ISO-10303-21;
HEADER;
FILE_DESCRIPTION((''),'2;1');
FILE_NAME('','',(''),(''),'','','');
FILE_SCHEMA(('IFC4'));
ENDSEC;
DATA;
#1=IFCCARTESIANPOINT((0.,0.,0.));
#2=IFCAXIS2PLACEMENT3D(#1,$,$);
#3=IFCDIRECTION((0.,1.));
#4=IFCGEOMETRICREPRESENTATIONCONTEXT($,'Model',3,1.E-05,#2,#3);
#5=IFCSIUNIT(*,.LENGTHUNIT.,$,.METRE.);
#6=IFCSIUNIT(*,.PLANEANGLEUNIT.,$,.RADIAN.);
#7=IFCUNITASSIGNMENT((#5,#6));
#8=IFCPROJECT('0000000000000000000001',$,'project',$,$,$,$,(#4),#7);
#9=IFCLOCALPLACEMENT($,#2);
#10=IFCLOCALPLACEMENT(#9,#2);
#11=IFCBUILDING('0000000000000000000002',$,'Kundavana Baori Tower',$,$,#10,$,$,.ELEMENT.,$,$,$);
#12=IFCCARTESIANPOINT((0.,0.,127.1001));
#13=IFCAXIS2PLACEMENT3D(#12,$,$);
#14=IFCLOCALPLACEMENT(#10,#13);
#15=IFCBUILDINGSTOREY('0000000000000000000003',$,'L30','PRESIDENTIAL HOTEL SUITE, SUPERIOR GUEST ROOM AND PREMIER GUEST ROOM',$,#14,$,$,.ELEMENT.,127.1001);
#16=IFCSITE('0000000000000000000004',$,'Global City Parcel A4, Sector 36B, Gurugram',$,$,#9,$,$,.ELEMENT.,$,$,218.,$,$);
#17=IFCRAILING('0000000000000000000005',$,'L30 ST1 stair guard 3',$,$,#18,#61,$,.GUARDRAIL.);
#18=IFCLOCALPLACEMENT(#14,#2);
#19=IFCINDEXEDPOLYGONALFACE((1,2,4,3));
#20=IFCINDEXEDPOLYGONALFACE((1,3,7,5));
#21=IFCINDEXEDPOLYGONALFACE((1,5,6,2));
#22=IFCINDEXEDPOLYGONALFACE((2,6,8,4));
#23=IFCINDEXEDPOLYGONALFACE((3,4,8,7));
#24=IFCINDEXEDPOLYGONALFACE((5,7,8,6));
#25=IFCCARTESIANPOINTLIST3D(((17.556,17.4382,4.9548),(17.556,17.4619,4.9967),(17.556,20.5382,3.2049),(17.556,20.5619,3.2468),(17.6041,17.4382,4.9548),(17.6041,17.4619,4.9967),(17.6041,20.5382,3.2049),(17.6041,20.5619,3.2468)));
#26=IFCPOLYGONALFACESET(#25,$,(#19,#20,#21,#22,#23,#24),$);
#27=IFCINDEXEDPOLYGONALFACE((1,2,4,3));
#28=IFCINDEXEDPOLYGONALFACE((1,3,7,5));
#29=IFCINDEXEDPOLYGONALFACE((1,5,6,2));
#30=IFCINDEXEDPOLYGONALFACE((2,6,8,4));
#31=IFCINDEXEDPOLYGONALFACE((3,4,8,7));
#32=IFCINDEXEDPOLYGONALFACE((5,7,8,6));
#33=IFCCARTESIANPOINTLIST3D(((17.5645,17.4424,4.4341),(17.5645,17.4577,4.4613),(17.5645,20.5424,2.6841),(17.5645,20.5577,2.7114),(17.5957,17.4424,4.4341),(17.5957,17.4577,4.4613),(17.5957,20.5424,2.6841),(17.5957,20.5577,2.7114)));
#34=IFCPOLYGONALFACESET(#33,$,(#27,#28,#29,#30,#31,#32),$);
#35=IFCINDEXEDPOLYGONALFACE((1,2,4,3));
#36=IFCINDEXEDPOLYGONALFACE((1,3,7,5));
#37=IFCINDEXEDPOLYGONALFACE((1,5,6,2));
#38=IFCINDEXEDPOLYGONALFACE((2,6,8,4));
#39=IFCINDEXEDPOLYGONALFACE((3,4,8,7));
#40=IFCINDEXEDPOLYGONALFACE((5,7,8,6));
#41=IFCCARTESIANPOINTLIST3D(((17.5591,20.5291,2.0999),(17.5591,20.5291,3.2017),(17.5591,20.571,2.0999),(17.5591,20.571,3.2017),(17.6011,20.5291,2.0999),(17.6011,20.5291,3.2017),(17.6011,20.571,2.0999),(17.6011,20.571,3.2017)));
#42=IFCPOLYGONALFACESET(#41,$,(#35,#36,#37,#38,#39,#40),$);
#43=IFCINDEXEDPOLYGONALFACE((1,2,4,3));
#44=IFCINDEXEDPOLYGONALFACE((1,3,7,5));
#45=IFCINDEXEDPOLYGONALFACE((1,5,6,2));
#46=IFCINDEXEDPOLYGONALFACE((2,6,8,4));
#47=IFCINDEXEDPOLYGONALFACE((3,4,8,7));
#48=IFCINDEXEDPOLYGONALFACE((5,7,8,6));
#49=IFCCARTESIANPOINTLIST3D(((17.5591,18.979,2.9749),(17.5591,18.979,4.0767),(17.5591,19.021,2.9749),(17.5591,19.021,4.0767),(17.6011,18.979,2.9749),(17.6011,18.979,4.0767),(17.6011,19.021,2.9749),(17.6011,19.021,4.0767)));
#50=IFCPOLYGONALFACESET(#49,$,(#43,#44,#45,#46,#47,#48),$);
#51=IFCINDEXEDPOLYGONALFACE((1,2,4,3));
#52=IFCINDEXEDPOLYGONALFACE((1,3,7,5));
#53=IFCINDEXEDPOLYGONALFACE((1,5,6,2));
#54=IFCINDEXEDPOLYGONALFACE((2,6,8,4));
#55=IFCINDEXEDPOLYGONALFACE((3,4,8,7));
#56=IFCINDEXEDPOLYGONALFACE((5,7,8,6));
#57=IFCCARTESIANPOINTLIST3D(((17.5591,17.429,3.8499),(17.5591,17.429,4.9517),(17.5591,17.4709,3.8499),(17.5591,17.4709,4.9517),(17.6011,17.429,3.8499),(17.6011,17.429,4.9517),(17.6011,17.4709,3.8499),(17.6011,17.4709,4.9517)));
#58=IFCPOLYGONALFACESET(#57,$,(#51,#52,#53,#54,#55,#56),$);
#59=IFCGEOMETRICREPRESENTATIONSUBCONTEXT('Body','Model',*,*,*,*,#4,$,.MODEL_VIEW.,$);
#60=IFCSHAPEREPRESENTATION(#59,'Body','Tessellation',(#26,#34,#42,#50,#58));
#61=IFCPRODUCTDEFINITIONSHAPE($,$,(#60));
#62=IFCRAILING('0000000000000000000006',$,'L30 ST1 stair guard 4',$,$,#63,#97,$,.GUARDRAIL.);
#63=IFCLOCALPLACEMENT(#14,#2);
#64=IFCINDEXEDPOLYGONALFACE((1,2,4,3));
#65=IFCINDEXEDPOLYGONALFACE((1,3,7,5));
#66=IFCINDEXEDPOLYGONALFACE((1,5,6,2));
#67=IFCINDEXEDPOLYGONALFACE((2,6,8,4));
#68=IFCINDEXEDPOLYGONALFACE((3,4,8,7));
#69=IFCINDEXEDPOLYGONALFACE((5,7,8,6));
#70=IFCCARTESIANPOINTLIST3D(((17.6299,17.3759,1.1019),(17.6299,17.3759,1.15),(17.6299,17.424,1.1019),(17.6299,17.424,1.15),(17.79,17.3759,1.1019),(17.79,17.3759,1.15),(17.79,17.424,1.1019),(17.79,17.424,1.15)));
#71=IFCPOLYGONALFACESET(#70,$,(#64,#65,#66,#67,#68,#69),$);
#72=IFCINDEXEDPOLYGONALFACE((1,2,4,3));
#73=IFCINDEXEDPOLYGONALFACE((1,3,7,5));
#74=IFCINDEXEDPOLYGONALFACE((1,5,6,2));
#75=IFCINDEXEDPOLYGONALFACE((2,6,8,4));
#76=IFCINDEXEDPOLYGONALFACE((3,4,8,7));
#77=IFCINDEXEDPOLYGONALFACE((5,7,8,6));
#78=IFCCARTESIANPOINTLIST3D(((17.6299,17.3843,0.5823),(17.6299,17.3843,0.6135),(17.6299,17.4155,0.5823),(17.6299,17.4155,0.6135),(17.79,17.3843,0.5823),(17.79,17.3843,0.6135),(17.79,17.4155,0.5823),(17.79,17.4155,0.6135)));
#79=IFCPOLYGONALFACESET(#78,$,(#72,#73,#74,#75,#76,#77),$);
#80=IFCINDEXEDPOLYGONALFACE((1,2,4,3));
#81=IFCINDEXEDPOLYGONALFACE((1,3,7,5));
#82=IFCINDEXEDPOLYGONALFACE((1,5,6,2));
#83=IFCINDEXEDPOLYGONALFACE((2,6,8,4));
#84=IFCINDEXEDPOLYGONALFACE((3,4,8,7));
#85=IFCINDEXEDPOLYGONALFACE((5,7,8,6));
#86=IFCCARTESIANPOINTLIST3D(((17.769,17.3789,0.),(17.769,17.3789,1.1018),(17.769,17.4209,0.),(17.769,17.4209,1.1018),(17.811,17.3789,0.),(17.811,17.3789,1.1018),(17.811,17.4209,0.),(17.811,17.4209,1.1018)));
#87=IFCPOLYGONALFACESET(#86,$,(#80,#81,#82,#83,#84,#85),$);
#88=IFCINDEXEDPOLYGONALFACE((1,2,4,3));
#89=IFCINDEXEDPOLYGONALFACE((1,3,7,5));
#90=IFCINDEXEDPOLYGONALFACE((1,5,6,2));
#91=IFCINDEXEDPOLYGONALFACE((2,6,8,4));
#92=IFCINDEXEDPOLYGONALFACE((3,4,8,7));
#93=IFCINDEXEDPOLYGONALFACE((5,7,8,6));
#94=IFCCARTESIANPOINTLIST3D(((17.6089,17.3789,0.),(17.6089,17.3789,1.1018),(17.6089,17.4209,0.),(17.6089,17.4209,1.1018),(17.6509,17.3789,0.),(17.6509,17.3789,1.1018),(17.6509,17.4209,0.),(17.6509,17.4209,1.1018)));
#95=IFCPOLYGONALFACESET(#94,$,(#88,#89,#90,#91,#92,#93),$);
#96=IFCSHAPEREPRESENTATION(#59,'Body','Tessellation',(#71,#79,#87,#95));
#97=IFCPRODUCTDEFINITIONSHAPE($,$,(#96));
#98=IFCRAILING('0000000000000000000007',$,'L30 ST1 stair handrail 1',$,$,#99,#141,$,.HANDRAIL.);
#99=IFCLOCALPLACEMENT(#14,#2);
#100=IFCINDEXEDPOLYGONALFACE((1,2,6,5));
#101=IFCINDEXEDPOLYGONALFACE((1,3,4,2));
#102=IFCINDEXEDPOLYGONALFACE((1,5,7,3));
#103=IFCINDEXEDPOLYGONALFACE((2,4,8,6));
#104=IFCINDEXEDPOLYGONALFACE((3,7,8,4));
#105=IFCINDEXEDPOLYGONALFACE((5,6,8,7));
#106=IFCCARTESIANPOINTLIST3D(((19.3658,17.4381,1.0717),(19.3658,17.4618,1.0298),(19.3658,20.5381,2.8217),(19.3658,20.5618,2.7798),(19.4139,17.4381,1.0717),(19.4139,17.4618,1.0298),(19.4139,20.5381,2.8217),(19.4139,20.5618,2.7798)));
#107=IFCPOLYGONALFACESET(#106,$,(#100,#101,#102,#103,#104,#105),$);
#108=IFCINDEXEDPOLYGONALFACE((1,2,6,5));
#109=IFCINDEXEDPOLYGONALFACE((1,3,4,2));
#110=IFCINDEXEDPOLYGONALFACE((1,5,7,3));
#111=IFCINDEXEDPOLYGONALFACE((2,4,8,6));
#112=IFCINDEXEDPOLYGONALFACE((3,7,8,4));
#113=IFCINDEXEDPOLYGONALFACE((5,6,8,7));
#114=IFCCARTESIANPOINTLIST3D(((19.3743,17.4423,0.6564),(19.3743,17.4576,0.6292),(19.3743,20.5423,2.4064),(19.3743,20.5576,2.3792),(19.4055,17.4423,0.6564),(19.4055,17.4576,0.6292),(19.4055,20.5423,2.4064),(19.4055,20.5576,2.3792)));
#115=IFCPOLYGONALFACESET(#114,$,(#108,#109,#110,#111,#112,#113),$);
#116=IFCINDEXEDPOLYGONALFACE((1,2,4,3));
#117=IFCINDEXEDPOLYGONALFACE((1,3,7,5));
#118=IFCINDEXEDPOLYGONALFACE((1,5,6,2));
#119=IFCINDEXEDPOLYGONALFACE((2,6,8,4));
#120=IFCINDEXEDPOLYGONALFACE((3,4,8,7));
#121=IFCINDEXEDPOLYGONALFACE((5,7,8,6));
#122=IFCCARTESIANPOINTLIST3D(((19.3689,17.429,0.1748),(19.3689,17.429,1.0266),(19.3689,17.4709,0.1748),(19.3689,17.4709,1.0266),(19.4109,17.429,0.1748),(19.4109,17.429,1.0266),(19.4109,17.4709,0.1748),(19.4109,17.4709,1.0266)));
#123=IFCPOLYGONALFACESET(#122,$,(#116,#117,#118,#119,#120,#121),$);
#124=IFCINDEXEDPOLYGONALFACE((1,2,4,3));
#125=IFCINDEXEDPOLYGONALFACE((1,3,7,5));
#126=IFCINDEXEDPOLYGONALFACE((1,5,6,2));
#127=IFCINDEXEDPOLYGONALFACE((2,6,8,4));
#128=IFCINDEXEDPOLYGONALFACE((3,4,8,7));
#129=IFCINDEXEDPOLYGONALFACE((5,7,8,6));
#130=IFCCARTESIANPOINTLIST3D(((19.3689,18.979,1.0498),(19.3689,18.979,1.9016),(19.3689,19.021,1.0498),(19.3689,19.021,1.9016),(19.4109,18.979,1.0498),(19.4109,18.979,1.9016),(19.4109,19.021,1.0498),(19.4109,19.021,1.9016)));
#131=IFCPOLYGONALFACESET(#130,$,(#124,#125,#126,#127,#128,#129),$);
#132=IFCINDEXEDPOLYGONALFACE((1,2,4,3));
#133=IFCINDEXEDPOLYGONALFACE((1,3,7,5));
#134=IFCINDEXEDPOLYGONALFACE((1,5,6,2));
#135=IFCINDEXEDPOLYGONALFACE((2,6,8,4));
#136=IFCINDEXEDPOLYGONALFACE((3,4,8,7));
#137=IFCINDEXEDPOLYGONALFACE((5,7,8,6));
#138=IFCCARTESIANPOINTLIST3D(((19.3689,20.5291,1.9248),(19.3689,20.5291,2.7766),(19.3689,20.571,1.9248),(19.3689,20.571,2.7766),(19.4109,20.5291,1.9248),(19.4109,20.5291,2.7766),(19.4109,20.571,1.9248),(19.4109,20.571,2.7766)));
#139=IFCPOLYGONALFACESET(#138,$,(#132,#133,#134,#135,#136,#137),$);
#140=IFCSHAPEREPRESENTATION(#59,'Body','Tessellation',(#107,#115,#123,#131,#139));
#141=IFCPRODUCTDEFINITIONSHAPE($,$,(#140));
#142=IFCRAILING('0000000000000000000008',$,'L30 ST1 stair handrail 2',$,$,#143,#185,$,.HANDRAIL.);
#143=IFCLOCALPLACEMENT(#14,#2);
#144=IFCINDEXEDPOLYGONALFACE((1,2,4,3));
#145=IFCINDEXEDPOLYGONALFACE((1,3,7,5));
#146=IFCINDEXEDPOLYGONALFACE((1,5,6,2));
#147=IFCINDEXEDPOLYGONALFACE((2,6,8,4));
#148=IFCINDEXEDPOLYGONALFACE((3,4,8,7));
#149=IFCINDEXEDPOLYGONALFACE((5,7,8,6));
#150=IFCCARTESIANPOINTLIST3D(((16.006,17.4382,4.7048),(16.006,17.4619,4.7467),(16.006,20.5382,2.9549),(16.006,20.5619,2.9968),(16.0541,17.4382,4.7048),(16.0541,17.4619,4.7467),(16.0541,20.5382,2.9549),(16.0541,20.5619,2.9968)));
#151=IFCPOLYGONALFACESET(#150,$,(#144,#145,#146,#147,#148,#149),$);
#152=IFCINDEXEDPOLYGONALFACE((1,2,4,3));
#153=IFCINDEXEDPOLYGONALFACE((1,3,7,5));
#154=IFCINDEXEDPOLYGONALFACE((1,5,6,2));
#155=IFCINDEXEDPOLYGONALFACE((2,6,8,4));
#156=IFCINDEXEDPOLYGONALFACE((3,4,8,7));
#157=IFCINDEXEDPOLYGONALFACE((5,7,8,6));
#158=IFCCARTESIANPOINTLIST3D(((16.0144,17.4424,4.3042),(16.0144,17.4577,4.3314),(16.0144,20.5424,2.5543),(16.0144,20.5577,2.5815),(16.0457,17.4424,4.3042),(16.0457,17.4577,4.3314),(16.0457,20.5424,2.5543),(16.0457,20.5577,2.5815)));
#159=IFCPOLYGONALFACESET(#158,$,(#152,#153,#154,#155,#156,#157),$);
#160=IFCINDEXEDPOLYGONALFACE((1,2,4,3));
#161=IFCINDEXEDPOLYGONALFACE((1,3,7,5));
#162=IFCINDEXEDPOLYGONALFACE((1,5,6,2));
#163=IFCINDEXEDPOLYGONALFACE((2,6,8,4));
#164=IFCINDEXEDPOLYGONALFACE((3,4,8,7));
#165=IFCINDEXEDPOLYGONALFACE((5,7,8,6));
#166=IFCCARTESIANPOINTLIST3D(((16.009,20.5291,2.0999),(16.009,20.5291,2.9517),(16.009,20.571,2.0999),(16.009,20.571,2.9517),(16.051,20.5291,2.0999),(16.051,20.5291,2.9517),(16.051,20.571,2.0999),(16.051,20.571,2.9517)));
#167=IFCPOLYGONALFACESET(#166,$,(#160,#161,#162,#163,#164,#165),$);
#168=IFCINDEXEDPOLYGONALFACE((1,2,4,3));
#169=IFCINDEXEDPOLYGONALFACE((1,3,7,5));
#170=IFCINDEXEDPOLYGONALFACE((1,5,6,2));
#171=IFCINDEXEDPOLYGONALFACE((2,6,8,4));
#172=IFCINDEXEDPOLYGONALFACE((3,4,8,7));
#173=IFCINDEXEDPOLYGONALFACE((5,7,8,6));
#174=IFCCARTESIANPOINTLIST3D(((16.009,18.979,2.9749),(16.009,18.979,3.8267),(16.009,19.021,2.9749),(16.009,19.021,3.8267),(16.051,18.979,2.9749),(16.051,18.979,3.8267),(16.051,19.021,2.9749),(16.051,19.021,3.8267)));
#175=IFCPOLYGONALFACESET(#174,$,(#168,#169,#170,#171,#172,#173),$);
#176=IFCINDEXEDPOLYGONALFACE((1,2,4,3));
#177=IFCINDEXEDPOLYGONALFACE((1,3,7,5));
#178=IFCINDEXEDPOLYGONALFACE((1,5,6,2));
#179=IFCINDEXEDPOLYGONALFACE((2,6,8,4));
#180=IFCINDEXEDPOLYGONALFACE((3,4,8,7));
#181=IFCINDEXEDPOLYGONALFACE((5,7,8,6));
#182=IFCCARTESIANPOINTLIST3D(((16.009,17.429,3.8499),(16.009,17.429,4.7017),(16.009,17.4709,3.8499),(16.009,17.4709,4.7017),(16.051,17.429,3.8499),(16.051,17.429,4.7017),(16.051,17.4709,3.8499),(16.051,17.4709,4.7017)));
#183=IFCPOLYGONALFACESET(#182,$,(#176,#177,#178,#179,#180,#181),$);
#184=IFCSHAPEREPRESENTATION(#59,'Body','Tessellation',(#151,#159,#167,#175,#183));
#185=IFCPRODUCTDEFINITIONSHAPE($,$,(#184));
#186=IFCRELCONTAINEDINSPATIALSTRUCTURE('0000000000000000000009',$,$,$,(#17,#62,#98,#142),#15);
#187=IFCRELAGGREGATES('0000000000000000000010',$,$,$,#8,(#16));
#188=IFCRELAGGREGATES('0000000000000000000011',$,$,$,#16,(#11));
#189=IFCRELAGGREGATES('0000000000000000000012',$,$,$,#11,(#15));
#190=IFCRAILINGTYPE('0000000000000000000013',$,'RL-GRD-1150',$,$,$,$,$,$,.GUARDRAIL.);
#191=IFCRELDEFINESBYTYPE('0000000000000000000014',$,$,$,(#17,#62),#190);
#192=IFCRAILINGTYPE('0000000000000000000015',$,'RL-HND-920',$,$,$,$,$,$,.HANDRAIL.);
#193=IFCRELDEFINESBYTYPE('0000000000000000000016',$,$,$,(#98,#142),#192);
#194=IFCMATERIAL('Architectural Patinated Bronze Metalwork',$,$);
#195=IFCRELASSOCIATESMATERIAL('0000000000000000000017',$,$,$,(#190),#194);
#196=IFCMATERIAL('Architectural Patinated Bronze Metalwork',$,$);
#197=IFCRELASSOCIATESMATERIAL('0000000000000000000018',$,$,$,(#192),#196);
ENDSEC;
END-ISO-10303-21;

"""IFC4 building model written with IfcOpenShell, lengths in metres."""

from ifc_helpers import new_model, si_unit, direction, frame, origin, origin_2d, place, context, subcontext, project, spatial, rectangle, extrude, material, type_object, element, save


model = new_model("IFC4")

# Units and contexts
model_context = context("Model", 3, precision=1e-05, world=origin(), true_north=direction((0.0, 1.0)))
body_context = subcontext(model_context, "Body", "Model", "MODEL_VIEW")
ifc_project = project(units=[si_unit("LENGTHUNIT", "METRE"), si_unit("PLANEANGLEUNIT", "RADIAN")], contexts=[model_context])

# Site, building, storey
site_placement = place(None, origin())
site = spatial("IfcSite", under=ifc_project, at=site_placement, Name="Global City Parcel A4, Sector 36B, Gurugram", CompositionType="ELEMENT", RefElevation=218.0)
building_placement = place(site_placement, origin())
building = spatial("IfcBuilding", under=site, at=building_placement, Name="Kundavana Baori Tower", CompositionType="ELEMENT")
storey_placement = place(building_placement, frame((0.0, 0.0, 127.1001)))
storey = spatial("IfcBuildingStorey", under=building, at=storey_placement, Name="L30", Description="PRESIDENTIAL HOTEL SUITE, SUPERIOR GUEST ROOM AND PREMIER GUEST ROOM", CompositionType="ELEMENT", Elevation=127.1001)

# Railings
ifc_material_1 = material(Name="Architectural Patinated Bronze Metalwork")
railing_type_1 = type_object("IfcRailingType", Name="RL-GRD-1150", PredefinedType="GUARDRAIL", material=ifc_material_1)
railing_1_placement = place(storey_placement, frame((17.5801, 20.55, 2.0999)))
element("IfcRailing", 1, at=railing_1_placement, inside=storey, type_object=railing_type_1, Name="L30 ST1 stair guard 3", PredefinedType="GUARDRAIL", context=body_context, shape_type="SweptSolid", body=[
    extrude(rectangle(XDim=0.0481, YDim=0.0481, at=origin_2d()), frame((0.0, 0.0, 1.126), z_axis=(0.0, -0.870831, 0.491583), x_axis=(1.0, 0.0, 0.0)), (0.0, 0.0, 1.0), 3.5598),
    extrude(rectangle(XDim=0.0312, YDim=0.0312, at=origin_2d()), frame((0.0, 0.0, 0.5979), z_axis=(0.0, -0.870831, 0.491583), x_axis=(1.0, 0.0, 0.0)), (0.0, 0.0, 1.0), 3.5598),
    extrude(rectangle(XDim=0.042, YDim=0.042, at=origin_2d()), origin(), (0.0, 0.0, 1.0), 1.1018),
    extrude(rectangle(XDim=0.042, YDim=0.042, at=origin_2d()), frame((0.0, -1.55, 0.875)), (0.0, 0.0, 1.0), 1.1018),
    extrude(rectangle(XDim=0.042, YDim=0.042, at=origin_2d()), frame((0.0, -3.1001, 1.75)), (0.0, 0.0, 1.0), 1.1018),
])
railing_2_placement = place(storey_placement, frame((17.79, 17.3999, 0.0)))
element("IfcRailing", 2, at=railing_2_placement, inside=storey, type_object=railing_type_1, Name="L30 ST1 stair guard 4", PredefinedType="GUARDRAIL", context=body_context, shape_type="SweptSolid", body=[
    extrude(rectangle(XDim=0.0481, YDim=0.0481, at=origin_2d()), frame((0.0, 0.0, 1.126), z_axis=(-1.0, 0.0, 0.0), x_axis=(0.0, -1.0, 0.0)), (0.0, 0.0, 1.0), 0.1602),
    extrude(rectangle(XDim=0.0312, YDim=0.0312, at=origin_2d()), frame((0.0, 0.0, 0.5979), z_axis=(-1.0, 0.0, 0.0), x_axis=(0.0, -1.0, 0.0)), (0.0, 0.0, 1.0), 0.1602),
    extrude(rectangle(XDim=0.042, YDim=0.042, at=origin_2d()), origin(), (0.0, 0.0, 1.0), 1.1018),
    extrude(rectangle(XDim=0.042, YDim=0.042, at=origin_2d()), frame((-0.1602, 0.0, 0.0)), (0.0, 0.0, 1.0), 1.1018),
])
ifc_material_2 = material(Name="Architectural Patinated Bronze Metalwork")
railing_type_2 = type_object("IfcRailingType", Name="RL-HND-920", PredefinedType="HANDRAIL", material=ifc_material_2)
railing_3_placement = place(storey_placement, frame((19.3899, 17.45, 0.1748)))
element("IfcRailing", 3, at=railing_3_placement, inside=storey, type_object=railing_type_2, Name="L30 ST1 stair handrail 1", PredefinedType="HANDRAIL", context=body_context, shape_type="SweptSolid", body=[
    extrude(rectangle(XDim=0.0481, YDim=0.0481, at=origin_2d()), frame((0.0, 0.0, 0.876), z_axis=(0.0, 0.870831, 0.491583), x_axis=(-1.0, 0.0, 0.0)), (0.0, 0.0, 1.0), 3.5598),
    extrude(rectangle(XDim=0.0312, YDim=0.0312, at=origin_2d()), frame((0.0, 0.0, 0.468), z_axis=(0.0, 0.870831, 0.491583), x_axis=(-1.0, 0.0, 0.0)), (0.0, 0.0, 1.0), 3.5598),
    extrude(rectangle(XDim=0.042, YDim=0.042, at=origin_2d()), origin(), (0.0, 0.0, 1.0), 0.8518),
    extrude(rectangle(XDim=0.042, YDim=0.042, at=origin_2d()), frame((0.0, 1.55, 0.875)), (0.0, 0.0, 1.0), 0.8518),
    extrude(rectangle(XDim=0.042, YDim=0.042, at=origin_2d()), frame((0.0, 3.1001, 1.75)), (0.0, 0.0, 1.0), 0.8518),
])
railing_4_placement = place(storey_placement, frame((16.03, 20.55, 2.0999)))
element("IfcRailing", 4, at=railing_4_placement, inside=storey, type_object=railing_type_2, Name="L30 ST1 stair handrail 2", PredefinedType="HANDRAIL", context=body_context, shape_type="SweptSolid", body=[
    extrude(rectangle(XDim=0.0481, YDim=0.0481, at=origin_2d()), frame((0.0, 0.0, 0.876), z_axis=(0.0, -0.870831, 0.491583), x_axis=(1.0, 0.0, 0.0)), (0.0, 0.0, 1.0), 3.5598),
    extrude(rectangle(XDim=0.0312, YDim=0.0312, at=origin_2d()), frame((0.0, 0.0, 0.468), z_axis=(0.0, -0.870831, 0.491583), x_axis=(1.0, 0.0, 0.0)), (0.0, 0.0, 1.0), 3.5598),
    extrude(rectangle(XDim=0.042, YDim=0.042, at=origin_2d()), origin(), (0.0, 0.0, 1.0), 0.8518),
    extrude(rectangle(XDim=0.042, YDim=0.042, at=origin_2d()), frame((0.0, -1.55, 0.875)), (0.0, 0.0, 1.0), 0.8518),
    extrude(rectangle(XDim=0.042, YDim=0.042, at=origin_2d()), frame((0.0, -3.1001, 1.75)), (0.0, 0.0, 1.0), 0.8518),
])

save(model, "model.ifc")
